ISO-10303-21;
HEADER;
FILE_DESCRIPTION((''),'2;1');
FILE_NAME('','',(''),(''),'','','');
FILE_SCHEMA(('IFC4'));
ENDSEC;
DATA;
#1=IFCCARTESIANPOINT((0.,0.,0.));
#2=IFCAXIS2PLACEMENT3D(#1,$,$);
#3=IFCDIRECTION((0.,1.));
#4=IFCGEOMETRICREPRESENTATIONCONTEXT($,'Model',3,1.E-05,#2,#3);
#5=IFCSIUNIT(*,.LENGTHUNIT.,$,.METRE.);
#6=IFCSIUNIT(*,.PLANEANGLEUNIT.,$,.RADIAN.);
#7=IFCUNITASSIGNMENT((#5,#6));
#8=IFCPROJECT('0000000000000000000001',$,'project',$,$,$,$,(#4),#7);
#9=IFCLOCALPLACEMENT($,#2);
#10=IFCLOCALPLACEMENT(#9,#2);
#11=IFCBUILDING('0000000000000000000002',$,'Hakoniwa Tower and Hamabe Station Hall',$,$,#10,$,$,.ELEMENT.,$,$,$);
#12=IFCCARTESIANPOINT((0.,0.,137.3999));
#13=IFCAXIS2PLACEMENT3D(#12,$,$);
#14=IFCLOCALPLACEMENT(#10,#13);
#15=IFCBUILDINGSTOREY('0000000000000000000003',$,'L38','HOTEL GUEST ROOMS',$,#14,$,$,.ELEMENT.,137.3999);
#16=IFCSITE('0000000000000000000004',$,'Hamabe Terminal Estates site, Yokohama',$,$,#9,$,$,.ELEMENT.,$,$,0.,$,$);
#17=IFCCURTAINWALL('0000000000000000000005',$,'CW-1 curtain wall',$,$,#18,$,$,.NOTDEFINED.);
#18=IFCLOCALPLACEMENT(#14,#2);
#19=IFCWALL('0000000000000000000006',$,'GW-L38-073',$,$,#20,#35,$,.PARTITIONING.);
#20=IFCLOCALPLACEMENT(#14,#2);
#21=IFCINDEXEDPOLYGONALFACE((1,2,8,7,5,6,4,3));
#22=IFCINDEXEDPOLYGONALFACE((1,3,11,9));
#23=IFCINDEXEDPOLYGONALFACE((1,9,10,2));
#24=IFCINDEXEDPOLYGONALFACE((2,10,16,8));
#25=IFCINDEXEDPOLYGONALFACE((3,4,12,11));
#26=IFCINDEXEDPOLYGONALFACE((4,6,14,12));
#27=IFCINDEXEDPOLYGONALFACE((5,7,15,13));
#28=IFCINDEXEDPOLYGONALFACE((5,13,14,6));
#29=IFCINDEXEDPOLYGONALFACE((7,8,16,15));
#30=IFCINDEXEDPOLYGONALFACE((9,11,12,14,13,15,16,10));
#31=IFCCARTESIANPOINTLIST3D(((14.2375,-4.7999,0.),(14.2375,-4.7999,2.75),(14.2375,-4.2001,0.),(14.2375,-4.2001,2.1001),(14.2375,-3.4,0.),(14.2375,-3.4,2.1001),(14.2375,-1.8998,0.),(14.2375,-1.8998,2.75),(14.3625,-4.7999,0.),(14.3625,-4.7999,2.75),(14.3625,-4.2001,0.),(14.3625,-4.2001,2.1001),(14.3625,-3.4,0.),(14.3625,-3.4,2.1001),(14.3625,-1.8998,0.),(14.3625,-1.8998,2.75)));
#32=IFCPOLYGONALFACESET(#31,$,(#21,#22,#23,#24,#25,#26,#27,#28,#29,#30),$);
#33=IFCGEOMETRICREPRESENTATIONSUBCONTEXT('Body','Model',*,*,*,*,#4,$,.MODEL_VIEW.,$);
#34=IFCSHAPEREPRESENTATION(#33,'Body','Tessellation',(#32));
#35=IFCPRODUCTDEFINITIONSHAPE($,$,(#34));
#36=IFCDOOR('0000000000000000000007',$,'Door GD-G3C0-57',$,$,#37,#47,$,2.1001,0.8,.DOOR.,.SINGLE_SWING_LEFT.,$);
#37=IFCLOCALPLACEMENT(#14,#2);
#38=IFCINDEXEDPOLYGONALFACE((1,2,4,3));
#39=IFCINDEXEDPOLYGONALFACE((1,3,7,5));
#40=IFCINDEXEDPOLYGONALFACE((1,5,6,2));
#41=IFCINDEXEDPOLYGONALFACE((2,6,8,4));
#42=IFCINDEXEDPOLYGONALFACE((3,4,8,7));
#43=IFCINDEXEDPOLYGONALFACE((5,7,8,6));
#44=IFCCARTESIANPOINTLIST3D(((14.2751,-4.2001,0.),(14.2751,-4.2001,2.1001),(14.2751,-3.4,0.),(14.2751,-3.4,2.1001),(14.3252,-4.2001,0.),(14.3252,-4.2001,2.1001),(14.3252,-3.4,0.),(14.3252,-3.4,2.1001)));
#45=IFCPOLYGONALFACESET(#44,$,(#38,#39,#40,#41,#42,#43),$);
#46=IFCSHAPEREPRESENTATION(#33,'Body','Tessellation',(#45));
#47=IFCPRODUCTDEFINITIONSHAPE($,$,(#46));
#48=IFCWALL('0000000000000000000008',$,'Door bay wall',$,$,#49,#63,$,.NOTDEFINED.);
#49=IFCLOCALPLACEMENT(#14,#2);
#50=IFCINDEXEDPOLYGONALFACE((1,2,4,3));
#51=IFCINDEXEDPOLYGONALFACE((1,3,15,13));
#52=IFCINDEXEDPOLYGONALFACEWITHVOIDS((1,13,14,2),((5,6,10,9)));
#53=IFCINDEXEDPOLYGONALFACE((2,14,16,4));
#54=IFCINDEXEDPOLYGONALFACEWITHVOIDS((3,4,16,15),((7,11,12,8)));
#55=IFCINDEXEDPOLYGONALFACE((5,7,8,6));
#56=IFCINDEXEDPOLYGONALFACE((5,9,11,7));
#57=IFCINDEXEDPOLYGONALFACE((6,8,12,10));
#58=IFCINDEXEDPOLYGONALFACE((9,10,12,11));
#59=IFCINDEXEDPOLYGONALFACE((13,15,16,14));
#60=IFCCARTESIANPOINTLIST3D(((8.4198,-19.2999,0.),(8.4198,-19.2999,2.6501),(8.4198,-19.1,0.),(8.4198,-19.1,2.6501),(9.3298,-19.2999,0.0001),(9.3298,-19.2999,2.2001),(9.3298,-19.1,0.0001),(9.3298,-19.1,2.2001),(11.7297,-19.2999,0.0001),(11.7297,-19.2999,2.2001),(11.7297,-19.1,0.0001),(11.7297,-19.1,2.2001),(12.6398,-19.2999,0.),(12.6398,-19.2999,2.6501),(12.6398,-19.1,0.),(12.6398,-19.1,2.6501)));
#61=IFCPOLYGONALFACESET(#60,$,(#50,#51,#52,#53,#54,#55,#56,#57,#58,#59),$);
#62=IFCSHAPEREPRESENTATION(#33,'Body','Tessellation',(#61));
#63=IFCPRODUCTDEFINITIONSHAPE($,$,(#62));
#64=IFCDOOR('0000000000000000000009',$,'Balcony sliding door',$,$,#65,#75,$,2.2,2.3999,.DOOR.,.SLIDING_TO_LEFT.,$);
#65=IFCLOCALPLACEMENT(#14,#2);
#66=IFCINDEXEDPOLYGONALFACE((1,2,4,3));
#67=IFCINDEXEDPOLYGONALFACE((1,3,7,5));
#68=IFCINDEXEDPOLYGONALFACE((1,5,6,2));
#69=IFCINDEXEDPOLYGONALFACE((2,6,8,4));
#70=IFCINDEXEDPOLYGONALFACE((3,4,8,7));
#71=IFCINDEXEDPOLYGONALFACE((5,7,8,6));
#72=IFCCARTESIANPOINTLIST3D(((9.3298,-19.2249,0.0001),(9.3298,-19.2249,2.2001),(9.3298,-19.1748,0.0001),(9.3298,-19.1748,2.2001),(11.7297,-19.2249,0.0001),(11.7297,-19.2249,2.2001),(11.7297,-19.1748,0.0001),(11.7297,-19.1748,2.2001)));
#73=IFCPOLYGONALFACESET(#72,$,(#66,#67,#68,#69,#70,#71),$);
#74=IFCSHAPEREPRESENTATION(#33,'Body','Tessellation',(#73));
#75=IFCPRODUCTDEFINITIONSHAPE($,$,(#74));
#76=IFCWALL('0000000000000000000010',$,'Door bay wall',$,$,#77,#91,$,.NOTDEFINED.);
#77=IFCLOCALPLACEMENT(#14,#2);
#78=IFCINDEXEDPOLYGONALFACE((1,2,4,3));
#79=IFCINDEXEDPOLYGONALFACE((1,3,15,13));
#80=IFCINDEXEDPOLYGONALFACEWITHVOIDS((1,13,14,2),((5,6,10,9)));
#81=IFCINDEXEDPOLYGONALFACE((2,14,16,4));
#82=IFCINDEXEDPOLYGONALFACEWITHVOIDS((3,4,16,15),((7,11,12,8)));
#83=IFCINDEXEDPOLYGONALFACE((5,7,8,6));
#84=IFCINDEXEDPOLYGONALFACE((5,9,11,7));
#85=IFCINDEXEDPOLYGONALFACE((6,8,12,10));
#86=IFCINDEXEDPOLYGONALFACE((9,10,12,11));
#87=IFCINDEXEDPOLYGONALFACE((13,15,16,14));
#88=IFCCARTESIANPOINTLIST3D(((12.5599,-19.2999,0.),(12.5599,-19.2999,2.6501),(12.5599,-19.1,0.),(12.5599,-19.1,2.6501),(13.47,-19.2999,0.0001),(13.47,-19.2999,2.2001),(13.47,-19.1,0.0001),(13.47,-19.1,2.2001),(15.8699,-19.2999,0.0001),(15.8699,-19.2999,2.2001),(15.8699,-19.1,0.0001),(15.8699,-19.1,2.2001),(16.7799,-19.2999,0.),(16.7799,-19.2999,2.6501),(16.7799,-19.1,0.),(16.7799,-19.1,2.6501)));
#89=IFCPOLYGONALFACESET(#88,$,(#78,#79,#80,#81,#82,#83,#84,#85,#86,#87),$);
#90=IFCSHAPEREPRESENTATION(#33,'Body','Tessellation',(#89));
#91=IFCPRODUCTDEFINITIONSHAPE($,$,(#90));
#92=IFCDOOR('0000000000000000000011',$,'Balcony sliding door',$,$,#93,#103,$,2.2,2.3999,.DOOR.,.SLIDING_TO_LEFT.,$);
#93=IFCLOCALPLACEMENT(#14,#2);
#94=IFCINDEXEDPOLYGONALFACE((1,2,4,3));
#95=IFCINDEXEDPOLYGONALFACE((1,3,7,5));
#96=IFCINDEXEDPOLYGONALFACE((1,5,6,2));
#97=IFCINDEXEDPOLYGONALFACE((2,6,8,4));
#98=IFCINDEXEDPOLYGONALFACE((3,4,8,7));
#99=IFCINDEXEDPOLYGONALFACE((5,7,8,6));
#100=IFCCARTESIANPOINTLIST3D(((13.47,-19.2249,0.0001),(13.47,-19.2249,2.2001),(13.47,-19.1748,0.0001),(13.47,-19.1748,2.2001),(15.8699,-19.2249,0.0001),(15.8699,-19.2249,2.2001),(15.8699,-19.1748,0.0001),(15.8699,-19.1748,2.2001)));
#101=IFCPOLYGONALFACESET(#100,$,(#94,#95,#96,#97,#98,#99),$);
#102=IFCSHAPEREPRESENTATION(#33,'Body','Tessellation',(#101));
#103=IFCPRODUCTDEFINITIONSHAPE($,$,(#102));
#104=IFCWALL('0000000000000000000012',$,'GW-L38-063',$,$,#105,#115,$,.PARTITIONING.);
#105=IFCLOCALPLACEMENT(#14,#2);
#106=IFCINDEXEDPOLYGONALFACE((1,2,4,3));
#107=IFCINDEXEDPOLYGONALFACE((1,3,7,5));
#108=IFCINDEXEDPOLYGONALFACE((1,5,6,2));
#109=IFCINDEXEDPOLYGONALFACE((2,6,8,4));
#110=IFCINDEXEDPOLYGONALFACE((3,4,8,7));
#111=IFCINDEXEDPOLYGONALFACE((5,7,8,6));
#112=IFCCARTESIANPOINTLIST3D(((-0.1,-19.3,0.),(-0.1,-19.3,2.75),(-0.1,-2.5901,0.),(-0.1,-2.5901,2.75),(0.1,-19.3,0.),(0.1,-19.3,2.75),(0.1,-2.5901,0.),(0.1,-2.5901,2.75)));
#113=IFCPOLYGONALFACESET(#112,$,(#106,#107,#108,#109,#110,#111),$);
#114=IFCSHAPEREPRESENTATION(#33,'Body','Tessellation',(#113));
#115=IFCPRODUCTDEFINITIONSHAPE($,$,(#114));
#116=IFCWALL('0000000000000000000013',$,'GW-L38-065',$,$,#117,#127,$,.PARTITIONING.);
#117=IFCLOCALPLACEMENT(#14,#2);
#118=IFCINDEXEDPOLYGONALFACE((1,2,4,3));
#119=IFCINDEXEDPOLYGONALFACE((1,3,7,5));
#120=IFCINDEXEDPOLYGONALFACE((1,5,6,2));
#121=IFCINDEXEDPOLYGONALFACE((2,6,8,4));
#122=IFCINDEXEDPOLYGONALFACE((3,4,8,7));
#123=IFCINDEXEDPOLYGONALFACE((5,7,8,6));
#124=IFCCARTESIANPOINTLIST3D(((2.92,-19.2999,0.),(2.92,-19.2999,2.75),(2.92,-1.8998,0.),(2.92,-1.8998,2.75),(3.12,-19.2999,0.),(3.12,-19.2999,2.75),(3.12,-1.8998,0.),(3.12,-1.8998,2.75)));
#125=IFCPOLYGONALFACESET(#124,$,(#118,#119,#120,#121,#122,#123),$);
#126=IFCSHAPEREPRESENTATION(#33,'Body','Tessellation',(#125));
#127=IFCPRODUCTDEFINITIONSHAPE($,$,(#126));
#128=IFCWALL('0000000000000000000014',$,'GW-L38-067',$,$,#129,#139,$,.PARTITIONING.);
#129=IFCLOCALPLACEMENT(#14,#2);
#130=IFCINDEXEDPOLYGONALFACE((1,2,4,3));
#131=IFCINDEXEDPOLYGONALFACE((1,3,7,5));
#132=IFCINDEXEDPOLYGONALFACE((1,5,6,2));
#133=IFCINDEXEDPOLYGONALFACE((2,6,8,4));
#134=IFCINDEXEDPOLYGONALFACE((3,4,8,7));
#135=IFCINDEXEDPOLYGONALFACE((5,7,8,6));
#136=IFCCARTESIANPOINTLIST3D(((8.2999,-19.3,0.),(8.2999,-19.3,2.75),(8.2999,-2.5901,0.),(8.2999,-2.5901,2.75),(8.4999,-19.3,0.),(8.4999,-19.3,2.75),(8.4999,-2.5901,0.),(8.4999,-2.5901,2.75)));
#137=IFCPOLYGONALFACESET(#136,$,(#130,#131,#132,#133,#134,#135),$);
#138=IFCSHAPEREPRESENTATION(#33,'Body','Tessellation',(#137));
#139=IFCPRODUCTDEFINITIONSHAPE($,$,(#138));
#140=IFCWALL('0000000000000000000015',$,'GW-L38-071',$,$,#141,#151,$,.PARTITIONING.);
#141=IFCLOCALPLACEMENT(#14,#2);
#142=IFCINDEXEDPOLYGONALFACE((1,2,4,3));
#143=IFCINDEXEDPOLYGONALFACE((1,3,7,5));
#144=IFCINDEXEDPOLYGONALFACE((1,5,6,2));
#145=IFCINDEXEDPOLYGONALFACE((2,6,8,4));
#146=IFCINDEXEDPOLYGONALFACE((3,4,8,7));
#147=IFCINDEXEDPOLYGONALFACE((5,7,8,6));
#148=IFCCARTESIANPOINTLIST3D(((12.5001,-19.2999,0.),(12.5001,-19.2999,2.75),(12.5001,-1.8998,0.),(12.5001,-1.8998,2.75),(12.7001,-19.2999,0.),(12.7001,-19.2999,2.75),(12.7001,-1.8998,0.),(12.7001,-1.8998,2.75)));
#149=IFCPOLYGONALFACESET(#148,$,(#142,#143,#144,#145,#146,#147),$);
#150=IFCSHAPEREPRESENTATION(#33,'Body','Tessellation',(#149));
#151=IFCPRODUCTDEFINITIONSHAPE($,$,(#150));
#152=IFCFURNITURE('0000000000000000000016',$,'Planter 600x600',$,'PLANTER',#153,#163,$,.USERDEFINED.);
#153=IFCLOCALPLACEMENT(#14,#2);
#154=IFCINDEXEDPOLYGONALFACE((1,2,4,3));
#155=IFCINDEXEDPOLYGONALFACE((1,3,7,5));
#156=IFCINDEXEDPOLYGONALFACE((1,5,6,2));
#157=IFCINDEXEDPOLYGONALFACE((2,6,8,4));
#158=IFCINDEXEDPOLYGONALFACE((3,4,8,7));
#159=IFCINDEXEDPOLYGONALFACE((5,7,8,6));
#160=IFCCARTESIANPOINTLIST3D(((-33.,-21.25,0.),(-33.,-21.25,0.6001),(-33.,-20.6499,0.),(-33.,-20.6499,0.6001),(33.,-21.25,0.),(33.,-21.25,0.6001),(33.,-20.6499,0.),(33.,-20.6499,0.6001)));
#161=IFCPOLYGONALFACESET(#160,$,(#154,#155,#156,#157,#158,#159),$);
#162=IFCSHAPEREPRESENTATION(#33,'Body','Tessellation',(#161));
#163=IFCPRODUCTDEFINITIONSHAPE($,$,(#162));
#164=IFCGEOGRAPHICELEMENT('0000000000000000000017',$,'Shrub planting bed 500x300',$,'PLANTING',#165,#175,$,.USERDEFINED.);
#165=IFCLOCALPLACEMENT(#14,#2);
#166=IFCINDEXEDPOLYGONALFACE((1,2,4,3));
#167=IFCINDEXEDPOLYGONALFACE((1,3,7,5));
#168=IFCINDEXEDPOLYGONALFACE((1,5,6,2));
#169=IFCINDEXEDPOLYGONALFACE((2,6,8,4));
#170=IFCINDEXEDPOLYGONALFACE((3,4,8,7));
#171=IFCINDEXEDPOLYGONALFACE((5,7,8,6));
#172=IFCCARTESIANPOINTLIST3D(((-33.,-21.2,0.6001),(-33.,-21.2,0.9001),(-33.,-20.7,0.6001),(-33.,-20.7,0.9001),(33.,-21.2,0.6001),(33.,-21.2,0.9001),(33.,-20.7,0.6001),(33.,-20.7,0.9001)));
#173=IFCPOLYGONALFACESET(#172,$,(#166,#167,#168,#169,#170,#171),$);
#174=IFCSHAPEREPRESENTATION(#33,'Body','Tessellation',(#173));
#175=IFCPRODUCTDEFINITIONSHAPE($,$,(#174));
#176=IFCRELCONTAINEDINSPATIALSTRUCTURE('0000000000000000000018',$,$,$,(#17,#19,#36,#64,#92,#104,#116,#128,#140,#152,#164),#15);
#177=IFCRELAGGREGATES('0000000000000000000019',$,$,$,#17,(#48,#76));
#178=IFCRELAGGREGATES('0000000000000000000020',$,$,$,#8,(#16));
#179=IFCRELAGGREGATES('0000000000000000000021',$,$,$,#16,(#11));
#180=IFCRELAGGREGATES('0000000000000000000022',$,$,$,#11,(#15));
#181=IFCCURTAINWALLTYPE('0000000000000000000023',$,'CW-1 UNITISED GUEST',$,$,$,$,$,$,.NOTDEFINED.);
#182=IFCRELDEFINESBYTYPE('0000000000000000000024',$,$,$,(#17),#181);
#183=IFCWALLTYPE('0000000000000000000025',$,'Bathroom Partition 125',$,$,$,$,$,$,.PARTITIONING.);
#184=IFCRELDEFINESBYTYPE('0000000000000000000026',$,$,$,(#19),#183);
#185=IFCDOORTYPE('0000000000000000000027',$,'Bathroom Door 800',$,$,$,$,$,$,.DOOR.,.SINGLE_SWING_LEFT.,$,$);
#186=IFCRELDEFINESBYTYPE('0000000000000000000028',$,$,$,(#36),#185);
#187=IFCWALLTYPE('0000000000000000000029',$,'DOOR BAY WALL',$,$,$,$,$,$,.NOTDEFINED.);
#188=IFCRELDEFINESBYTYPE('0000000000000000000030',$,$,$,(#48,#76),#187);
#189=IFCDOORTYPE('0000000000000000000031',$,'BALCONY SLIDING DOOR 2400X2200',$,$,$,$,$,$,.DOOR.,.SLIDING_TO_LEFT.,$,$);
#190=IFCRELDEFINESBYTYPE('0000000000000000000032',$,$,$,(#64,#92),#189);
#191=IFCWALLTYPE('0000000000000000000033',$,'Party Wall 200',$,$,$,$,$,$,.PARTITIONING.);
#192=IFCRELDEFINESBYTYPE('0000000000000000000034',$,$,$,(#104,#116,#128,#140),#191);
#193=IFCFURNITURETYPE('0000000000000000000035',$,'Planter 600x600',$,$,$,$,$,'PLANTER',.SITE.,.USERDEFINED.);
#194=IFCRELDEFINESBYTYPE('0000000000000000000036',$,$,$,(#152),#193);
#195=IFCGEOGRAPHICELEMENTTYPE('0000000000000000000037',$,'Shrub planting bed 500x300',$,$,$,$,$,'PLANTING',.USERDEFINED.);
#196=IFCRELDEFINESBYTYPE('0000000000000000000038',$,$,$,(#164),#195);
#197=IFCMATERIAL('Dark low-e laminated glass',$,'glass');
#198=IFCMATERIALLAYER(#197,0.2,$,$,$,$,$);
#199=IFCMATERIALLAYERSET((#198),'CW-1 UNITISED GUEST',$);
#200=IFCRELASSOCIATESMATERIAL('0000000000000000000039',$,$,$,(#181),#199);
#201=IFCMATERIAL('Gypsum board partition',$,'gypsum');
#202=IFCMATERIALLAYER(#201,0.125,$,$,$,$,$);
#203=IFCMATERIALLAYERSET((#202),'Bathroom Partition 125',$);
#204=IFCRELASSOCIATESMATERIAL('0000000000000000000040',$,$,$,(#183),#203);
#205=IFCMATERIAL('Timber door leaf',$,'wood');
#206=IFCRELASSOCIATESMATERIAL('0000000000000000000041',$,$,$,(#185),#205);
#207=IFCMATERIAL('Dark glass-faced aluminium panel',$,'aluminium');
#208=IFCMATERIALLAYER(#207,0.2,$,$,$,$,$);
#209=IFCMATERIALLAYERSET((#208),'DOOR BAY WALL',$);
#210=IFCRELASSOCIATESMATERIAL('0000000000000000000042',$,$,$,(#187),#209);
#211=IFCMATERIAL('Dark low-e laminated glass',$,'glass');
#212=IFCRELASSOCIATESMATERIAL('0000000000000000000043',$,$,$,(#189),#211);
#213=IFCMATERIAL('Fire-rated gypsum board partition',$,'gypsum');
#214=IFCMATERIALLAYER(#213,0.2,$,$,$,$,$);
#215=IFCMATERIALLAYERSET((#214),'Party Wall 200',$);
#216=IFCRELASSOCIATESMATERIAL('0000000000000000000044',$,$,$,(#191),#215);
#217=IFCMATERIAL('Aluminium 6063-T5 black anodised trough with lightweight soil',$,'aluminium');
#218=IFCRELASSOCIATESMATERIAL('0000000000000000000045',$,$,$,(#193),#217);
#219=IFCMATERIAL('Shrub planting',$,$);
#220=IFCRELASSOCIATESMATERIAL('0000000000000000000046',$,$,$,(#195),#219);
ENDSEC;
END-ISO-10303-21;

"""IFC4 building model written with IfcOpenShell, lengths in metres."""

from ifc_helpers import new_model, si_unit, direction, frame, frame_2d, origin, origin_2d, place, context, subcontext, project, spatial, rectangle, extrude, material, layer, layer_set, type_object, element, fill, aggregate, save


model = new_model("IFC4")

# Units and contexts
model_context = context("Model", 3, precision=1e-05, world=origin(), true_north=direction((0.0, 1.0)))
body_context = subcontext(model_context, "Body", "Model", "MODEL_VIEW")
ifc_project = project(units=[si_unit("LENGTHUNIT", "METRE"), si_unit("PLANEANGLEUNIT", "RADIAN")], contexts=[model_context])

# Site, building, storey
site_placement = place(None, origin())
site = spatial("IfcSite", under=ifc_project, at=site_placement, Name="Hamabe Terminal Estates site, Yokohama", CompositionType="ELEMENT", RefElevation=0.0)
building_placement = place(site_placement, origin())
building = spatial("IfcBuilding", under=site, at=building_placement, Name="Hakoniwa Tower and Hamabe Station Hall", CompositionType="ELEMENT")
storey_placement = place(building_placement, frame((0.0, 0.0, 137.3999)))
storey = spatial("IfcBuildingStorey", under=building, at=storey_placement, Name="L38", Description="HOTEL GUEST ROOMS", CompositionType="ELEMENT", Elevation=137.3999)

# Shared definitions
ifc_material_1 = material(Name="Dark low-e laminated glass", Category="glass")
ifc_layer_1 = layer(ifc_material_1, 0.2)
ifc_layer_set_1 = layer_set([ifc_layer_1], Name="CW-1 UNITISED GUEST")
curtain_wall_type = type_object("IfcCurtainWallType", Name="CW-1 UNITISED GUEST", PredefinedType="NOTDEFINED", material=ifc_layer_set_1)

# Curtain wall
curtain_wall_1_placement = place(storey_placement, origin())
curtain_wall_1 = element("IfcCurtainWall", 1, at=curtain_wall_1_placement, inside=storey, type_object=curtain_wall_type, Name="CW-1 curtain wall", PredefinedType="NOTDEFINED")

# Shared definitions
ifc_material_2 = material(Name="Gypsum board partition", Category="gypsum")
ifc_layer_2 = layer(ifc_material_2, 0.125)
ifc_layer_set_2 = layer_set([ifc_layer_2], Name="Bathroom Partition 125")
wall_type_1 = type_object("IfcWallType", Name="Bathroom Partition 125", PredefinedType="PARTITIONING", material=ifc_layer_set_2)

# Walls, openings, doors
ifc_material_3 = material(Name="Timber door leaf", Category="wood")
door_type_1 = type_object("IfcDoorType", Name="Bathroom Door 800", OperationType="SINGLE_SWING_LEFT", PredefinedType="DOOR", material=ifc_material_3)
wall_1_placement = place(storey_placement, frame((14.3, -4.8, 0.0), z_axis=(0.0, 0.0, 1.0), x_axis=(0.0, 1.0, 0.0)))
wall_1 = element("IfcWall", 2, at=wall_1_placement, inside=storey, type_object=wall_type_1, Name="GW-L38-073", PredefinedType="PARTITIONING", context=body_context, shape_type="SweptSolid", body=[
    extrude(rectangle(XDim=2.9001, YDim=0.125, at=frame_2d((1.4502, 0.0))), origin(), (0.0, 0.0, 1.0), 2.75),
])
opening_1_placement = place(wall_1_placement, frame((0.6001, 0.0, 0.0)))
opening_1 = element("IfcOpeningElement", 3, at=opening_1_placement, cuts=wall_1, PredefinedType="OPENING", context=body_context, shape_type="SweptSolid", body=[
    extrude(rectangle(XDim=0.8, YDim=2.1001, at=frame_2d((0.3999, 1.05))), frame((0.0, 0.0725, 0.0), z_axis=(0.0, -1.0, 0.0), x_axis=(1.0, 0.0, 0.0)), (0.0, 0.0, 1.0), 0.145),
])
door_1_placement = place(opening_1_placement, origin())
door_1 = element("IfcDoor", 4, at=door_1_placement, inside=storey, type_object=door_type_1, Name="Door GD-G3C0-57", OperationType="SINGLE_SWING_LEFT", OverallHeight=2.1001, OverallWidth=0.8, PredefinedType="DOOR", context=body_context, shape_type="SweptSolid", body=[
    extrude(rectangle(XDim=0.8, YDim=2.1001, at=frame_2d((0.3999, 1.05))), frame((0.0, 0.0249, 0.0), z_axis=(0.0, -1.0, 0.0), x_axis=(1.0, 0.0, 0.0)), (0.0, 0.0, 1.0), 0.05),
])
fill(opening_1, door_1)
ifc_material_4 = material(Name="Dark glass-faced aluminium panel", Category="aluminium")
ifc_layer_3 = layer(ifc_material_4, 0.2)
ifc_layer_set_3 = layer_set([ifc_layer_3], Name="DOOR BAY WALL")
wall_type_2 = type_object("IfcWallType", Name="DOOR BAY WALL", PredefinedType="NOTDEFINED", material=ifc_layer_set_3)
wall_2_placement = place(storey_placement, frame((8.4199, -19.2, 0.0), z_axis=(0.0, 0.0, 1.0), x_axis=(1.0, 0.0, 0.0)))
wall_2 = element("IfcWall", 5, at=wall_2_placement, type_object=wall_type_2, Name="Door bay wall", PredefinedType="NOTDEFINED", context=body_context, shape_type="SweptSolid", body=[
    extrude(rectangle(XDim=4.22, YDim=0.2, at=frame_2d((2.1099, 0.0))), origin(), (0.0, 0.0, 1.0), 2.6501),
])
opening_2_placement = place(wall_2_placement, frame((0.9099, 0.0, 0.0)))
opening_2 = element("IfcOpeningElement", 6, at=opening_2_placement, cuts=wall_2, PredefinedType="OPENING", context=body_context, shape_type="SweptSolid", body=[
    extrude(rectangle(XDim=2.3999, YDim=2.2, at=frame_2d((1.2, 1.1001))), frame((0.0, 0.1099, 0.0), z_axis=(0.0, -1.0, 0.0), x_axis=(1.0, 0.0, 0.0)), (0.0, 0.0, 1.0), 0.22),
])
ifc_material_5 = material(Name="Dark low-e laminated glass", Category="glass")
door_type_2 = type_object("IfcDoorType", Name="BALCONY SLIDING DOOR 2400X2200", OperationType="SLIDING_TO_LEFT", PredefinedType="DOOR", material=ifc_material_5)
door_2_placement = place(opening_2_placement, frame((2.3999, 0.0, 0.0), z_axis=(0.0, 0.0, 1.0), x_axis=(-1.0, 0.0, 0.0)))
door_2 = element("IfcDoor", 7, at=door_2_placement, inside=storey, type_object=door_type_2, Name="Balcony sliding door", OperationType="SLIDING_TO_LEFT", OverallHeight=2.2, OverallWidth=2.3999, PredefinedType="DOOR", context=body_context, shape_type="SweptSolid", body=[
    extrude(rectangle(XDim=2.3999, YDim=2.2, at=frame_2d((1.2, 1.1001))), frame((0.0, 0.0249, 0.0), z_axis=(0.0, -1.0, 0.0), x_axis=(1.0, 0.0, 0.0)), (0.0, 0.0, 1.0), 0.05),
])
fill(opening_2, door_2)
wall_3_placement = place(storey_placement, frame((12.5601, -19.2, 0.0), z_axis=(0.0, 0.0, 1.0), x_axis=(1.0, 0.0, 0.0)))
wall_3 = element("IfcWall", 8, at=wall_3_placement, type_object=wall_type_2, Name="Door bay wall", PredefinedType="NOTDEFINED", context=body_context, shape_type="SweptSolid", body=[
    extrude(rectangle(XDim=4.22, YDim=0.2, at=frame_2d((2.1099, 0.0))), origin(), (0.0, 0.0, 1.0), 2.6501),
])
opening_3_placement = place(wall_3_placement, frame((0.9099, 0.0, 0.0)))
opening_3 = element("IfcOpeningElement", 9, at=opening_3_placement, cuts=wall_3, PredefinedType="OPENING", context=body_context, shape_type="SweptSolid", body=[
    extrude(rectangle(XDim=2.3999, YDim=2.2, at=frame_2d((1.2, 1.1001))), frame((0.0, 0.1099, 0.0), z_axis=(0.0, -1.0, 0.0), x_axis=(1.0, 0.0, 0.0)), (0.0, 0.0, 1.0), 0.22),
])
door_3_placement = place(opening_3_placement, frame((2.3999, 0.0, 0.0), z_axis=(0.0, 0.0, 1.0), x_axis=(-1.0, 0.0, 0.0)))
door_3 = element("IfcDoor", 10, at=door_3_placement, inside=storey, type_object=door_type_2, Name="Balcony sliding door", OperationType="SLIDING_TO_LEFT", OverallHeight=2.2, OverallWidth=2.3999, PredefinedType="DOOR", context=body_context, shape_type="SweptSolid", body=[
    extrude(rectangle(XDim=2.3999, YDim=2.2, at=frame_2d((1.2, 1.1001))), frame((0.0, 0.0249, 0.0), z_axis=(0.0, -1.0, 0.0), x_axis=(1.0, 0.0, 0.0)), (0.0, 0.0, 1.0), 0.05),
])
fill(opening_3, door_3)
aggregate(curtain_wall_1, [wall_2, wall_3])

# Walls
ifc_material_6 = material(Name="Fire-rated gypsum board partition", Category="gypsum")
ifc_layer_4 = layer(ifc_material_6, 0.2)
ifc_layer_set_4 = layer_set([ifc_layer_4], Name="Party Wall 200")
wall_type_3 = type_object("IfcWallType", Name="Party Wall 200", PredefinedType="PARTITIONING", material=ifc_layer_set_4)
wall_4_placement = place(storey_placement, frame((0.0, -19.3, 0.0), z_axis=(0.0, 0.0, 1.0), x_axis=(0.0, 1.0, 0.0)))
element("IfcWall", 11, at=wall_4_placement, inside=storey, type_object=wall_type_3, Name="GW-L38-063", PredefinedType="PARTITIONING", context=body_context, shape_type="SweptSolid", body=[
    extrude(rectangle(XDim=16.71, YDim=0.2, at=frame_2d((8.355, 0.0))), origin(), (0.0, 0.0, 1.0), 2.75),
])
wall_5_placement = place(storey_placement, frame((3.02, -19.3, 0.0), z_axis=(0.0, 0.0, 1.0), x_axis=(0.0, 1.0, 0.0)))
element("IfcWall", 12, at=wall_5_placement, inside=storey, type_object=wall_type_3, Name="GW-L38-065", PredefinedType="PARTITIONING", context=body_context, shape_type="SweptSolid", body=[
    extrude(rectangle(XDim=17.4001, YDim=0.2, at=frame_2d((8.7002, 0.0))), origin(), (0.0, 0.0, 1.0), 2.75),
])
wall_6_placement = place(storey_placement, frame((8.3999, -19.3, 0.0), z_axis=(0.0, 0.0, 1.0), x_axis=(0.0, 1.0, 0.0)))
element("IfcWall", 13, at=wall_6_placement, inside=storey, type_object=wall_type_3, Name="GW-L38-067", PredefinedType="PARTITIONING", context=body_context, shape_type="SweptSolid", body=[
    extrude(rectangle(XDim=16.71, YDim=0.2, at=frame_2d((8.355, 0.0))), origin(), (0.0, 0.0, 1.0), 2.75),
])
wall_7_placement = place(storey_placement, frame((12.6001, -19.3, 0.0), z_axis=(0.0, 0.0, 1.0), x_axis=(0.0, 1.0, 0.0)))
element("IfcWall", 14, at=wall_7_placement, inside=storey, type_object=wall_type_3, Name="GW-L38-071", PredefinedType="PARTITIONING", context=body_context, shape_type="SweptSolid", body=[
    extrude(rectangle(XDim=17.4001, YDim=0.2, at=frame_2d((8.7002, 0.0))), origin(), (0.0, 0.0, 1.0), 2.75),
])

# Furniture
ifc_material_7 = material(Name="Aluminium 6063-T5 black anodised trough with lightweight soil", Category="aluminium")
furniture_type = type_object("IfcFurnitureType", Name="Planter 600x600", ElementType="PLANTER", AssemblyPlace="SITE", PredefinedType="USERDEFINED", material=ifc_material_7)
furniture_placement = place(storey_placement, frame((0.0, -20.95, 0.0), z_axis=(0.0, 0.0, 1.0), x_axis=(1.0, 0.0, 0.0)))
element("IfcFurniture", 15, at=furniture_placement, inside=storey, type_object=furniture_type, Name="Planter 600x600", ObjectType="PLANTER", PredefinedType="USERDEFINED", context=body_context, shape_type="SweptSolid", body=[
    extrude(rectangle(XDim=66.0, YDim=0.6001, at=origin_2d()), origin(), (0.0, 0.0, 1.0), 0.6001),
])

# Geographic element
ifc_material_8 = material(Name="Shrub planting")
geographic_element_type = type_object("IfcGeographicElementType", Name="Shrub planting bed 500x300", ElementType="PLANTING", PredefinedType="USERDEFINED", material=ifc_material_8)
geographic_element_placement = place(storey_placement, frame((0.0, -20.95, 0.6001), z_axis=(0.0, 0.0, 1.0), x_axis=(1.0, 0.0, 0.0)))
element("IfcGeographicElement", 16, at=geographic_element_placement, inside=storey, type_object=geographic_element_type, Name="Shrub planting bed 500x300", ObjectType="PLANTING", PredefinedType="USERDEFINED", context=body_context, shape_type="SweptSolid", body=[
    extrude(rectangle(XDim=66.0, YDim=0.5, at=origin_2d()), origin(), (0.0, 0.0, 1.0), 0.3),
])

save(model, "model.ifc")
